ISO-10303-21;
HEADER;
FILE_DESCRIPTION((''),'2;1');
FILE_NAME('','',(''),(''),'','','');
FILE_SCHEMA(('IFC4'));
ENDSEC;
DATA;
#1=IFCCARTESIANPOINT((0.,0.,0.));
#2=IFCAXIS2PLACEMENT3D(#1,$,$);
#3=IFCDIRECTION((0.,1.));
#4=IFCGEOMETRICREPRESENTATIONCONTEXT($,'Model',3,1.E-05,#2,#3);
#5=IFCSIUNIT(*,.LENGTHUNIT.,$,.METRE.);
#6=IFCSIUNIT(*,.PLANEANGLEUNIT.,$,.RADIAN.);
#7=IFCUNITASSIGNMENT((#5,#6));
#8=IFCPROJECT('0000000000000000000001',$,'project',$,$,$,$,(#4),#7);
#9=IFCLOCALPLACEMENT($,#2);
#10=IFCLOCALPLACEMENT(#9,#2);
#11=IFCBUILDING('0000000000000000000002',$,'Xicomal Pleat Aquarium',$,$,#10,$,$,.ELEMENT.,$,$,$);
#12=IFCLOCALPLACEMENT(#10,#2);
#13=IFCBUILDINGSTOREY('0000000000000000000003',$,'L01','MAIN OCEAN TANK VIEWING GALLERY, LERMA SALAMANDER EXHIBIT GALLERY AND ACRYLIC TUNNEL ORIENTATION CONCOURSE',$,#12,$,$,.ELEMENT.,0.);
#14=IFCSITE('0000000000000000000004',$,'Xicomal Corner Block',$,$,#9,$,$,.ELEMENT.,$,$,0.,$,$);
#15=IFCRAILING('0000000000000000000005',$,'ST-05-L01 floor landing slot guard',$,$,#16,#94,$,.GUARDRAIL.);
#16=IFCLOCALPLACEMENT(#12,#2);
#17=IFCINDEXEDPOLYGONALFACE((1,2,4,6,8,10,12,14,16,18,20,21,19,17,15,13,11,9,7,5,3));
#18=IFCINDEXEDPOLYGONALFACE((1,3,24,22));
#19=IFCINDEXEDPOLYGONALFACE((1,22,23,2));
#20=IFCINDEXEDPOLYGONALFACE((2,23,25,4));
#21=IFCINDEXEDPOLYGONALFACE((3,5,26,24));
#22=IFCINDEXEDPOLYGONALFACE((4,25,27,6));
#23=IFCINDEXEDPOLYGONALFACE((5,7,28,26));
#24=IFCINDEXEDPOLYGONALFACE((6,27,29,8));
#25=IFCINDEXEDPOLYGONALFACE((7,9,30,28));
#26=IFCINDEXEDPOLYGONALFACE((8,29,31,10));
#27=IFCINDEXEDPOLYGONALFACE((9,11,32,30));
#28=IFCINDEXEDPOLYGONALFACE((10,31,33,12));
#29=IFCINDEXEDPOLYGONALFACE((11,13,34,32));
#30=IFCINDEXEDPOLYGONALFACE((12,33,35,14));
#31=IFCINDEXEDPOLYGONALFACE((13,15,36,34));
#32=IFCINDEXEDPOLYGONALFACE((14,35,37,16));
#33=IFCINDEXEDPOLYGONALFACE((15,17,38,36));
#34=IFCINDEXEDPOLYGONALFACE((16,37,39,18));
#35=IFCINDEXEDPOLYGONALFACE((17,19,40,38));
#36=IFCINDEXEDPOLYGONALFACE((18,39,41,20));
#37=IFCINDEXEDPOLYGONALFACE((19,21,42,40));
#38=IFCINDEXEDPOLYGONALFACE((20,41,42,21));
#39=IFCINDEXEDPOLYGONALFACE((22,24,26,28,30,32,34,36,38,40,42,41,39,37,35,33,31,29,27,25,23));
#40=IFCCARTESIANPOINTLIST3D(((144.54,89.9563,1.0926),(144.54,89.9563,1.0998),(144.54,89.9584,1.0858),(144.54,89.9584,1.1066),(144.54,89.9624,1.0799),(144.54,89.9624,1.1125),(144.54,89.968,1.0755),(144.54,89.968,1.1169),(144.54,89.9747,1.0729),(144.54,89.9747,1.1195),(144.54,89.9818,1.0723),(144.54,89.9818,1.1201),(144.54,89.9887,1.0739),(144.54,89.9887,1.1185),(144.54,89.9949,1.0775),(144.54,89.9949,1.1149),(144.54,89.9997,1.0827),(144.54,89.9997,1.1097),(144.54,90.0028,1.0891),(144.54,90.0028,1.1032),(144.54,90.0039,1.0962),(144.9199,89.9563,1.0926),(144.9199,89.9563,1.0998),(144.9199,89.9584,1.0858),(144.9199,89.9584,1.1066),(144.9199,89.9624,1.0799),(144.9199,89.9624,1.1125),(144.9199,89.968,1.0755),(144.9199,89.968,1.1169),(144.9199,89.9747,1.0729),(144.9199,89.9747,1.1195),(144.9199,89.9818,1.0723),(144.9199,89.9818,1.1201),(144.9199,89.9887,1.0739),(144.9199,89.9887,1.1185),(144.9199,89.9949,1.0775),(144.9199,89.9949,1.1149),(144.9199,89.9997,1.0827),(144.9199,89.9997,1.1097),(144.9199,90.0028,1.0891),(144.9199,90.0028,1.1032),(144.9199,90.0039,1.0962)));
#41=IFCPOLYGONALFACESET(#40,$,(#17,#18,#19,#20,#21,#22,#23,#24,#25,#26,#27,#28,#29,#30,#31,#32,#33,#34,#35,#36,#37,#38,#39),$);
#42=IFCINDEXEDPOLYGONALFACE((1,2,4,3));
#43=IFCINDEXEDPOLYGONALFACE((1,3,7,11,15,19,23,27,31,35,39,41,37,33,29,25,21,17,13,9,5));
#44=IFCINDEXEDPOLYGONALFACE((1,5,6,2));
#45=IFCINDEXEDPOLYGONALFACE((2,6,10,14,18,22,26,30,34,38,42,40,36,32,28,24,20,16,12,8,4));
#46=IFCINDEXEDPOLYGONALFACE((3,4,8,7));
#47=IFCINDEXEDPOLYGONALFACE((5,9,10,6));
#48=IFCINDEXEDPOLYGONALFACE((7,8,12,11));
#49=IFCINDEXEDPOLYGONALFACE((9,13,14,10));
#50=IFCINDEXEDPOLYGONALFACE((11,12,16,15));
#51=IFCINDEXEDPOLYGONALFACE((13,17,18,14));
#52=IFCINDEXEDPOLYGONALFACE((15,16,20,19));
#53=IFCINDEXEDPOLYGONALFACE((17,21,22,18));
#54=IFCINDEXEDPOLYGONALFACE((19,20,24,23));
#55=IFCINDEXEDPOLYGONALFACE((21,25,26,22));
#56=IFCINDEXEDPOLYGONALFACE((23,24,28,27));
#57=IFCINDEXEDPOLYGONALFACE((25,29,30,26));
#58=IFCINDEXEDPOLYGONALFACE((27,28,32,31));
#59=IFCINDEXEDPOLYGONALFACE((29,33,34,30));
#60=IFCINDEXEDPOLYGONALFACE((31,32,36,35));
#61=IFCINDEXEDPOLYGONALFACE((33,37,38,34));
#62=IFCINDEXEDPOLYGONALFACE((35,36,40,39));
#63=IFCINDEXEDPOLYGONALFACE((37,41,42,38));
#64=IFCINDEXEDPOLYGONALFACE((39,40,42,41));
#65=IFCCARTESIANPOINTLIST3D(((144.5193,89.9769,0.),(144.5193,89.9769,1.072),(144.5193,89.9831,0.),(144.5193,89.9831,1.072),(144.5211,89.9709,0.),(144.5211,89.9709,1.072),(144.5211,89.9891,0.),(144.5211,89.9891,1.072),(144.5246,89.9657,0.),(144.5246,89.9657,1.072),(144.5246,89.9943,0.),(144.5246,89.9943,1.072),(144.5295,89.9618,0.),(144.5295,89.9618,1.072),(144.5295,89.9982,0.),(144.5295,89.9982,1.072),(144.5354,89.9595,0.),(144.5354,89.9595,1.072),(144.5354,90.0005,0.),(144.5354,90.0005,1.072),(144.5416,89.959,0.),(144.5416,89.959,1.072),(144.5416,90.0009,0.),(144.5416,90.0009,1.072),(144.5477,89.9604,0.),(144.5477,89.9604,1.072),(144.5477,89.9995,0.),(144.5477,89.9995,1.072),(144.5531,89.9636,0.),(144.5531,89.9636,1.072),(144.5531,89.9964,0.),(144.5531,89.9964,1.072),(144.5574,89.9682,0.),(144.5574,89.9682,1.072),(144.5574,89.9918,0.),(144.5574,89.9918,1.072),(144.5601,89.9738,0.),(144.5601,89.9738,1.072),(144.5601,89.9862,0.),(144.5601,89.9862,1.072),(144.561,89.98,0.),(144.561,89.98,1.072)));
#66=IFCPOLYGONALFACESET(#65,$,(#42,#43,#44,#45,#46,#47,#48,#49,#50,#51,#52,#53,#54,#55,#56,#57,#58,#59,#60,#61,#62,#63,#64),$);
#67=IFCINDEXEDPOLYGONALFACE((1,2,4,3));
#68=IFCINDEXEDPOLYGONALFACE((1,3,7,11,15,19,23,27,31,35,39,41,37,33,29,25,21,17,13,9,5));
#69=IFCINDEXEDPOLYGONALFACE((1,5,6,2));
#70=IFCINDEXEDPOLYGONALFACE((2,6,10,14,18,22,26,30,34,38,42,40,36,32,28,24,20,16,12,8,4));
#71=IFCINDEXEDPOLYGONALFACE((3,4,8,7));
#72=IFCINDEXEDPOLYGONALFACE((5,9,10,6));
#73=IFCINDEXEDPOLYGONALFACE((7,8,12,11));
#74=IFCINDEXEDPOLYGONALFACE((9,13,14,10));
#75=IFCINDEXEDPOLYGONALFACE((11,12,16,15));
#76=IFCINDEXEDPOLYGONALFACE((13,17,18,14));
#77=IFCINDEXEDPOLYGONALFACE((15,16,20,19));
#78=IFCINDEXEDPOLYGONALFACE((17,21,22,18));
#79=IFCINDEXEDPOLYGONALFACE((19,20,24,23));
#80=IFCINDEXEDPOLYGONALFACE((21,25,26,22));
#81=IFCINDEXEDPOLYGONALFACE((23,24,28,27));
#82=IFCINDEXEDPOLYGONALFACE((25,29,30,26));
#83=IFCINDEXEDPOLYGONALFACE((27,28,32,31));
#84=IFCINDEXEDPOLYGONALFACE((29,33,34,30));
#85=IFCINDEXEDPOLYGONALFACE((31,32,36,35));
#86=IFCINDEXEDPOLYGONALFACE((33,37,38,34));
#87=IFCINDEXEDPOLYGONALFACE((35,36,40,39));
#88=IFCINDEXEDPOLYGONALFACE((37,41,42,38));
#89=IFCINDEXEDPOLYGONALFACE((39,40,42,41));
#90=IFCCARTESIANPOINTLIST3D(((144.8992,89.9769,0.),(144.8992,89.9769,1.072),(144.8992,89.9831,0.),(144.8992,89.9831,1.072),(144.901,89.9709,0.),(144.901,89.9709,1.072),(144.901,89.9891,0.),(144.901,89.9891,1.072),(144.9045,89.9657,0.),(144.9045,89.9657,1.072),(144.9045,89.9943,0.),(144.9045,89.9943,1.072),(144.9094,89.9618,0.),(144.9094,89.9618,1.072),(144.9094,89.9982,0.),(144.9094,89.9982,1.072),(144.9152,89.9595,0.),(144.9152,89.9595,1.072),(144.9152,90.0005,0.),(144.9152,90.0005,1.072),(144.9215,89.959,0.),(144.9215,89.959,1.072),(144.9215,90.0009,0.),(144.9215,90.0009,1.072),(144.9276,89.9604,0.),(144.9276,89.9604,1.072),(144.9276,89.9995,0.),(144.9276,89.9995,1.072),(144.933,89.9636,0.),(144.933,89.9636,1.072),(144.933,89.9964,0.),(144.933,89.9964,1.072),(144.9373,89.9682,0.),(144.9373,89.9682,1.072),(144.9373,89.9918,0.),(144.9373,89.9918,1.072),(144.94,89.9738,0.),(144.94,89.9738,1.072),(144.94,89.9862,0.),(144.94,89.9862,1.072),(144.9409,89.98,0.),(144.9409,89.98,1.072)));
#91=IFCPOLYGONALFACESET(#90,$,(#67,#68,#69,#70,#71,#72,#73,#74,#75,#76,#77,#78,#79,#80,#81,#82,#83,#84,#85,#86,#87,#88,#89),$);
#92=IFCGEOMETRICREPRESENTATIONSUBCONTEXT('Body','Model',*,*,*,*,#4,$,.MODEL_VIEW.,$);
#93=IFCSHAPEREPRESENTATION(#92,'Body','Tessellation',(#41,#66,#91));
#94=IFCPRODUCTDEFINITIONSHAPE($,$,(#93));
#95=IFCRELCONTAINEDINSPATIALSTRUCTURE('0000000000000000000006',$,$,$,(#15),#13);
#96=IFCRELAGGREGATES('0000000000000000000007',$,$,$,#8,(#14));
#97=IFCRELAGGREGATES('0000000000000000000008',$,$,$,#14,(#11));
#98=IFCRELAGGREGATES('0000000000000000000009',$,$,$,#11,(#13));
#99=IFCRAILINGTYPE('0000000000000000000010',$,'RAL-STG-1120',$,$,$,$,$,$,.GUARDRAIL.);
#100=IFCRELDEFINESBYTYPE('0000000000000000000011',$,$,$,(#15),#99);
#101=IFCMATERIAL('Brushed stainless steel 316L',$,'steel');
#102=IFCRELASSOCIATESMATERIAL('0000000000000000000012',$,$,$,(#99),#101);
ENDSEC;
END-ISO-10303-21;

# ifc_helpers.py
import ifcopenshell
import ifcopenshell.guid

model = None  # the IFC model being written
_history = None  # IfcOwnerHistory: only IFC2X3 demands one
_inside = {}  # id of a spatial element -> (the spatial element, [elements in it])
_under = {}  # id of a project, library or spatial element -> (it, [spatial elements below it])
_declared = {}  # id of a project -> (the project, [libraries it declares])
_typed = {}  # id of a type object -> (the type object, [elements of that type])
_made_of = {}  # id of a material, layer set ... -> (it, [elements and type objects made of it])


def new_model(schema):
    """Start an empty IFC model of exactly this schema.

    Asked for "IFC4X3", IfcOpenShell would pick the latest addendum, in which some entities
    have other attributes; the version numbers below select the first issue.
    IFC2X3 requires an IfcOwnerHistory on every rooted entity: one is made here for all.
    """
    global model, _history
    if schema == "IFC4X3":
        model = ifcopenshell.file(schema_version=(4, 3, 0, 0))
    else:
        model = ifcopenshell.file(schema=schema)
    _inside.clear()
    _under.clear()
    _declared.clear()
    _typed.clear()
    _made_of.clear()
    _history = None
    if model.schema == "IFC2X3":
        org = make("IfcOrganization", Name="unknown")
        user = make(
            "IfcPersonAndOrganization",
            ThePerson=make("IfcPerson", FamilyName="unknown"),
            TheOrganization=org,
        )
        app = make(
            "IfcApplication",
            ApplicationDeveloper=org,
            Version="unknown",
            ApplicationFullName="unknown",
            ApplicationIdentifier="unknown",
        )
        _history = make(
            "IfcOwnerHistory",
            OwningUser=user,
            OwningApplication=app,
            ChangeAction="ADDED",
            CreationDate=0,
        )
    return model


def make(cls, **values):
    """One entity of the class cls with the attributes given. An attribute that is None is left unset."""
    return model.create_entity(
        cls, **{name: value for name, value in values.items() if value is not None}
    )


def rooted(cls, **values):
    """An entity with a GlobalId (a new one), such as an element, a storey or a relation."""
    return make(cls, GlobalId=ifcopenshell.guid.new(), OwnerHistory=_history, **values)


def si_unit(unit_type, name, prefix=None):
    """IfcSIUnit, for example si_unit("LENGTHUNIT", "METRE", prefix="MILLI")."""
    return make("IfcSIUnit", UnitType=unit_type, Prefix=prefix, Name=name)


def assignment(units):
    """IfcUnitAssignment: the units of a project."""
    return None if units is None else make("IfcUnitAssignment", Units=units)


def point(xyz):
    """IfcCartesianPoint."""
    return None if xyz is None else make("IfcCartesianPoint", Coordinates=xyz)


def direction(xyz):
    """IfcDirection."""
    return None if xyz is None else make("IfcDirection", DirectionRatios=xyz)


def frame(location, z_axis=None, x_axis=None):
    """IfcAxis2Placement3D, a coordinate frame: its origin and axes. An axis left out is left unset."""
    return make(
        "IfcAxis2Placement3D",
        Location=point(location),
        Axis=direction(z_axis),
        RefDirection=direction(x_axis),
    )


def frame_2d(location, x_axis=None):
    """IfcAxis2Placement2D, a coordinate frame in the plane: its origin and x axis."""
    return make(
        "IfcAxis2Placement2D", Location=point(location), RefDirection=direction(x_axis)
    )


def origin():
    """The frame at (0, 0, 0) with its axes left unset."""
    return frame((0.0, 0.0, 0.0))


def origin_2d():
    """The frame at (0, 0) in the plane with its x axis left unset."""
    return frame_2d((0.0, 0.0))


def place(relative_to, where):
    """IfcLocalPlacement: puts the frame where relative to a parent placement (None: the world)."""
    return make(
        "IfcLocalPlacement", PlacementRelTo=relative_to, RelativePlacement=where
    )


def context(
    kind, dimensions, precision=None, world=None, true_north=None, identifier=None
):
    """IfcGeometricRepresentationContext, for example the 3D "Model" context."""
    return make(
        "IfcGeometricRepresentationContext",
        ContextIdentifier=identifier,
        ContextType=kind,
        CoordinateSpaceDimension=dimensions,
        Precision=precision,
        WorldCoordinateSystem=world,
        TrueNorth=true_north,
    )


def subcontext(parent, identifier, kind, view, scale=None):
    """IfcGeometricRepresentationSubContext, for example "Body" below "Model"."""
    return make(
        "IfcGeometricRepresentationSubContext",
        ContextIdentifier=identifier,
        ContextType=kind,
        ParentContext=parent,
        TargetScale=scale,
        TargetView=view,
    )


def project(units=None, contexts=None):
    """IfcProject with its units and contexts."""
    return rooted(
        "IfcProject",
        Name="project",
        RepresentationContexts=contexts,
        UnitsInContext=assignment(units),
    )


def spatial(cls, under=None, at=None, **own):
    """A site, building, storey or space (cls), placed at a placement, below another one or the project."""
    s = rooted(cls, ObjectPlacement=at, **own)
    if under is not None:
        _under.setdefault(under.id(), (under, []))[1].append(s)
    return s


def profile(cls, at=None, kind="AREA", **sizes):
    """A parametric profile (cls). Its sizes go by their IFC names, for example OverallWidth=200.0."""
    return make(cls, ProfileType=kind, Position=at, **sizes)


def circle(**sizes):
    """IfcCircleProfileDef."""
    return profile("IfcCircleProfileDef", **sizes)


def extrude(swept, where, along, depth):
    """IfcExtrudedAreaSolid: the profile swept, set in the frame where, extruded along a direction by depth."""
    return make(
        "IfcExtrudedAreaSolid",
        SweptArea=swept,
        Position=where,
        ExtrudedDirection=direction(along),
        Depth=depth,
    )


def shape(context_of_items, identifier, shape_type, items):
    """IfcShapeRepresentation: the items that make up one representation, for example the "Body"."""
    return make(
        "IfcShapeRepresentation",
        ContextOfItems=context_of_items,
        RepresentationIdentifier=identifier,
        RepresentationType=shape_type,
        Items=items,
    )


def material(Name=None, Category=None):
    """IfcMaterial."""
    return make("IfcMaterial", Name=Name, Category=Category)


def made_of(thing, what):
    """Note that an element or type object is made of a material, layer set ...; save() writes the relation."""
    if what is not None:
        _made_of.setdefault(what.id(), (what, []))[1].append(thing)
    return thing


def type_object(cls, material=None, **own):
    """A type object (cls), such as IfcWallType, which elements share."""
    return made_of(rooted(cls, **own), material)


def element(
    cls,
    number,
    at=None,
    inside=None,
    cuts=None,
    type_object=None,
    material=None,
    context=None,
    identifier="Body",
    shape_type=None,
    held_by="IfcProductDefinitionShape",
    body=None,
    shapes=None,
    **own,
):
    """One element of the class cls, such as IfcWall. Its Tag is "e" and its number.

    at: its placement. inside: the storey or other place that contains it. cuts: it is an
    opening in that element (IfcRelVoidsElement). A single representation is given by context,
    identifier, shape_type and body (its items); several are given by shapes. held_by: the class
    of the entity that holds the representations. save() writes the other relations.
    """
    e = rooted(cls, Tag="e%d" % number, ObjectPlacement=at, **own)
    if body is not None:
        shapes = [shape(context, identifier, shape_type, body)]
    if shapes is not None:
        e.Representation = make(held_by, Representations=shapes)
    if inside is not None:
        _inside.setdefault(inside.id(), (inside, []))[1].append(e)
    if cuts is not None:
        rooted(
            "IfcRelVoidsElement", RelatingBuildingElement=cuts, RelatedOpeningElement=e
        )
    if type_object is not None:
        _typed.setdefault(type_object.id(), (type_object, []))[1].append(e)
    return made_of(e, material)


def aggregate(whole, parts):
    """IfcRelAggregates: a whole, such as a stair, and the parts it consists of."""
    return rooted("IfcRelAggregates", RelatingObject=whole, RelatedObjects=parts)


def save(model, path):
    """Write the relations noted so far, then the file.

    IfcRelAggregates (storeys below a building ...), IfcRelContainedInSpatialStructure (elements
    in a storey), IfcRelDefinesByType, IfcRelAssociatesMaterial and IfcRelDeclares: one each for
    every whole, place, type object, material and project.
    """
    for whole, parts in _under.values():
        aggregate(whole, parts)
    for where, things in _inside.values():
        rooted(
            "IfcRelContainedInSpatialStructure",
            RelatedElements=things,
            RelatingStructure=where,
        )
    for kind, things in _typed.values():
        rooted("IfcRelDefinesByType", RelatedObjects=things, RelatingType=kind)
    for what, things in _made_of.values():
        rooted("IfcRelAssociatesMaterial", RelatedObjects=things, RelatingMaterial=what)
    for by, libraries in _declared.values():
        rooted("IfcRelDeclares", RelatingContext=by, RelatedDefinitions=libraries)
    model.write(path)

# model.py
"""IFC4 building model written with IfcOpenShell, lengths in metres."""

from ifc_helpers import new_model, si_unit, direction, frame, origin, origin_2d, place, context, subcontext, project, spatial, circle, extrude, material, type_object, element, save


model = new_model("IFC4")

# Units and contexts
model_context = context("Model", 3, precision=1e-05, world=origin(), true_north=direction((0.0, 1.0)))
body_context = subcontext(model_context, "Body", "Model", "MODEL_VIEW")
ifc_project = project(units=[si_unit("LENGTHUNIT", "METRE"), si_unit("PLANEANGLEUNIT", "RADIAN")], contexts=[model_context])

# Site, building, storey
site_placement = place(None, origin())
site = spatial("IfcSite", under=ifc_project, at=site_placement, Name="Xicomal Corner Block", CompositionType="ELEMENT", RefElevation=0.0)
building_placement = place(site_placement, origin())
building = spatial("IfcBuilding", under=site, at=building_placement, Name="Xicomal Pleat Aquarium", CompositionType="ELEMENT")
storey_placement = place(building_placement, origin())
storey = spatial("IfcBuildingStorey", under=building, at=storey_placement, Name="L01", Description="MAIN OCEAN TANK VIEWING GALLERY, LERMA SALAMANDER EXHIBIT GALLERY AND ACRYLIC TUNNEL ORIENTATION CONCOURSE", CompositionType="ELEMENT", Elevation=0.0)

# Railing
ifc_material_1 = material(Name="Brushed stainless steel 316L", Category="steel")
railing_type_1 = type_object("IfcRailingType", Name="RAL-STG-1120", PredefinedType="GUARDRAIL", material=ifc_material_1)
railing_1_placement = place(storey_placement, frame((144.54, 89.98, 0.0)))
element("IfcRailing", 1, at=railing_1_placement, inside=storey, type_object=railing_type_1, Name="ST-05-L01 floor landing slot guard", PredefinedType="GUARDRAIL", context=body_context, shape_type="SweptSolid", body=[
    extrude(circle(Radius=0.0239, at=origin_2d()), frame((0.0, 0.0, 1.0962), z_axis=(1.0, 0.0, 0.0), x_axis=(0.0, 1.0, 0.0)), (0.0, 0.0, 1.0), 0.3799),
    extrude(circle(Radius=0.021, at=origin_2d()), origin(), (0.0, 0.0, 1.0), 1.072),
    extrude(circle(Radius=0.021, at=origin_2d()), frame((0.3799, 0.0, 0.0)), (0.0, 0.0, 1.0), 1.072),
])

save(model, "model.ifc")
